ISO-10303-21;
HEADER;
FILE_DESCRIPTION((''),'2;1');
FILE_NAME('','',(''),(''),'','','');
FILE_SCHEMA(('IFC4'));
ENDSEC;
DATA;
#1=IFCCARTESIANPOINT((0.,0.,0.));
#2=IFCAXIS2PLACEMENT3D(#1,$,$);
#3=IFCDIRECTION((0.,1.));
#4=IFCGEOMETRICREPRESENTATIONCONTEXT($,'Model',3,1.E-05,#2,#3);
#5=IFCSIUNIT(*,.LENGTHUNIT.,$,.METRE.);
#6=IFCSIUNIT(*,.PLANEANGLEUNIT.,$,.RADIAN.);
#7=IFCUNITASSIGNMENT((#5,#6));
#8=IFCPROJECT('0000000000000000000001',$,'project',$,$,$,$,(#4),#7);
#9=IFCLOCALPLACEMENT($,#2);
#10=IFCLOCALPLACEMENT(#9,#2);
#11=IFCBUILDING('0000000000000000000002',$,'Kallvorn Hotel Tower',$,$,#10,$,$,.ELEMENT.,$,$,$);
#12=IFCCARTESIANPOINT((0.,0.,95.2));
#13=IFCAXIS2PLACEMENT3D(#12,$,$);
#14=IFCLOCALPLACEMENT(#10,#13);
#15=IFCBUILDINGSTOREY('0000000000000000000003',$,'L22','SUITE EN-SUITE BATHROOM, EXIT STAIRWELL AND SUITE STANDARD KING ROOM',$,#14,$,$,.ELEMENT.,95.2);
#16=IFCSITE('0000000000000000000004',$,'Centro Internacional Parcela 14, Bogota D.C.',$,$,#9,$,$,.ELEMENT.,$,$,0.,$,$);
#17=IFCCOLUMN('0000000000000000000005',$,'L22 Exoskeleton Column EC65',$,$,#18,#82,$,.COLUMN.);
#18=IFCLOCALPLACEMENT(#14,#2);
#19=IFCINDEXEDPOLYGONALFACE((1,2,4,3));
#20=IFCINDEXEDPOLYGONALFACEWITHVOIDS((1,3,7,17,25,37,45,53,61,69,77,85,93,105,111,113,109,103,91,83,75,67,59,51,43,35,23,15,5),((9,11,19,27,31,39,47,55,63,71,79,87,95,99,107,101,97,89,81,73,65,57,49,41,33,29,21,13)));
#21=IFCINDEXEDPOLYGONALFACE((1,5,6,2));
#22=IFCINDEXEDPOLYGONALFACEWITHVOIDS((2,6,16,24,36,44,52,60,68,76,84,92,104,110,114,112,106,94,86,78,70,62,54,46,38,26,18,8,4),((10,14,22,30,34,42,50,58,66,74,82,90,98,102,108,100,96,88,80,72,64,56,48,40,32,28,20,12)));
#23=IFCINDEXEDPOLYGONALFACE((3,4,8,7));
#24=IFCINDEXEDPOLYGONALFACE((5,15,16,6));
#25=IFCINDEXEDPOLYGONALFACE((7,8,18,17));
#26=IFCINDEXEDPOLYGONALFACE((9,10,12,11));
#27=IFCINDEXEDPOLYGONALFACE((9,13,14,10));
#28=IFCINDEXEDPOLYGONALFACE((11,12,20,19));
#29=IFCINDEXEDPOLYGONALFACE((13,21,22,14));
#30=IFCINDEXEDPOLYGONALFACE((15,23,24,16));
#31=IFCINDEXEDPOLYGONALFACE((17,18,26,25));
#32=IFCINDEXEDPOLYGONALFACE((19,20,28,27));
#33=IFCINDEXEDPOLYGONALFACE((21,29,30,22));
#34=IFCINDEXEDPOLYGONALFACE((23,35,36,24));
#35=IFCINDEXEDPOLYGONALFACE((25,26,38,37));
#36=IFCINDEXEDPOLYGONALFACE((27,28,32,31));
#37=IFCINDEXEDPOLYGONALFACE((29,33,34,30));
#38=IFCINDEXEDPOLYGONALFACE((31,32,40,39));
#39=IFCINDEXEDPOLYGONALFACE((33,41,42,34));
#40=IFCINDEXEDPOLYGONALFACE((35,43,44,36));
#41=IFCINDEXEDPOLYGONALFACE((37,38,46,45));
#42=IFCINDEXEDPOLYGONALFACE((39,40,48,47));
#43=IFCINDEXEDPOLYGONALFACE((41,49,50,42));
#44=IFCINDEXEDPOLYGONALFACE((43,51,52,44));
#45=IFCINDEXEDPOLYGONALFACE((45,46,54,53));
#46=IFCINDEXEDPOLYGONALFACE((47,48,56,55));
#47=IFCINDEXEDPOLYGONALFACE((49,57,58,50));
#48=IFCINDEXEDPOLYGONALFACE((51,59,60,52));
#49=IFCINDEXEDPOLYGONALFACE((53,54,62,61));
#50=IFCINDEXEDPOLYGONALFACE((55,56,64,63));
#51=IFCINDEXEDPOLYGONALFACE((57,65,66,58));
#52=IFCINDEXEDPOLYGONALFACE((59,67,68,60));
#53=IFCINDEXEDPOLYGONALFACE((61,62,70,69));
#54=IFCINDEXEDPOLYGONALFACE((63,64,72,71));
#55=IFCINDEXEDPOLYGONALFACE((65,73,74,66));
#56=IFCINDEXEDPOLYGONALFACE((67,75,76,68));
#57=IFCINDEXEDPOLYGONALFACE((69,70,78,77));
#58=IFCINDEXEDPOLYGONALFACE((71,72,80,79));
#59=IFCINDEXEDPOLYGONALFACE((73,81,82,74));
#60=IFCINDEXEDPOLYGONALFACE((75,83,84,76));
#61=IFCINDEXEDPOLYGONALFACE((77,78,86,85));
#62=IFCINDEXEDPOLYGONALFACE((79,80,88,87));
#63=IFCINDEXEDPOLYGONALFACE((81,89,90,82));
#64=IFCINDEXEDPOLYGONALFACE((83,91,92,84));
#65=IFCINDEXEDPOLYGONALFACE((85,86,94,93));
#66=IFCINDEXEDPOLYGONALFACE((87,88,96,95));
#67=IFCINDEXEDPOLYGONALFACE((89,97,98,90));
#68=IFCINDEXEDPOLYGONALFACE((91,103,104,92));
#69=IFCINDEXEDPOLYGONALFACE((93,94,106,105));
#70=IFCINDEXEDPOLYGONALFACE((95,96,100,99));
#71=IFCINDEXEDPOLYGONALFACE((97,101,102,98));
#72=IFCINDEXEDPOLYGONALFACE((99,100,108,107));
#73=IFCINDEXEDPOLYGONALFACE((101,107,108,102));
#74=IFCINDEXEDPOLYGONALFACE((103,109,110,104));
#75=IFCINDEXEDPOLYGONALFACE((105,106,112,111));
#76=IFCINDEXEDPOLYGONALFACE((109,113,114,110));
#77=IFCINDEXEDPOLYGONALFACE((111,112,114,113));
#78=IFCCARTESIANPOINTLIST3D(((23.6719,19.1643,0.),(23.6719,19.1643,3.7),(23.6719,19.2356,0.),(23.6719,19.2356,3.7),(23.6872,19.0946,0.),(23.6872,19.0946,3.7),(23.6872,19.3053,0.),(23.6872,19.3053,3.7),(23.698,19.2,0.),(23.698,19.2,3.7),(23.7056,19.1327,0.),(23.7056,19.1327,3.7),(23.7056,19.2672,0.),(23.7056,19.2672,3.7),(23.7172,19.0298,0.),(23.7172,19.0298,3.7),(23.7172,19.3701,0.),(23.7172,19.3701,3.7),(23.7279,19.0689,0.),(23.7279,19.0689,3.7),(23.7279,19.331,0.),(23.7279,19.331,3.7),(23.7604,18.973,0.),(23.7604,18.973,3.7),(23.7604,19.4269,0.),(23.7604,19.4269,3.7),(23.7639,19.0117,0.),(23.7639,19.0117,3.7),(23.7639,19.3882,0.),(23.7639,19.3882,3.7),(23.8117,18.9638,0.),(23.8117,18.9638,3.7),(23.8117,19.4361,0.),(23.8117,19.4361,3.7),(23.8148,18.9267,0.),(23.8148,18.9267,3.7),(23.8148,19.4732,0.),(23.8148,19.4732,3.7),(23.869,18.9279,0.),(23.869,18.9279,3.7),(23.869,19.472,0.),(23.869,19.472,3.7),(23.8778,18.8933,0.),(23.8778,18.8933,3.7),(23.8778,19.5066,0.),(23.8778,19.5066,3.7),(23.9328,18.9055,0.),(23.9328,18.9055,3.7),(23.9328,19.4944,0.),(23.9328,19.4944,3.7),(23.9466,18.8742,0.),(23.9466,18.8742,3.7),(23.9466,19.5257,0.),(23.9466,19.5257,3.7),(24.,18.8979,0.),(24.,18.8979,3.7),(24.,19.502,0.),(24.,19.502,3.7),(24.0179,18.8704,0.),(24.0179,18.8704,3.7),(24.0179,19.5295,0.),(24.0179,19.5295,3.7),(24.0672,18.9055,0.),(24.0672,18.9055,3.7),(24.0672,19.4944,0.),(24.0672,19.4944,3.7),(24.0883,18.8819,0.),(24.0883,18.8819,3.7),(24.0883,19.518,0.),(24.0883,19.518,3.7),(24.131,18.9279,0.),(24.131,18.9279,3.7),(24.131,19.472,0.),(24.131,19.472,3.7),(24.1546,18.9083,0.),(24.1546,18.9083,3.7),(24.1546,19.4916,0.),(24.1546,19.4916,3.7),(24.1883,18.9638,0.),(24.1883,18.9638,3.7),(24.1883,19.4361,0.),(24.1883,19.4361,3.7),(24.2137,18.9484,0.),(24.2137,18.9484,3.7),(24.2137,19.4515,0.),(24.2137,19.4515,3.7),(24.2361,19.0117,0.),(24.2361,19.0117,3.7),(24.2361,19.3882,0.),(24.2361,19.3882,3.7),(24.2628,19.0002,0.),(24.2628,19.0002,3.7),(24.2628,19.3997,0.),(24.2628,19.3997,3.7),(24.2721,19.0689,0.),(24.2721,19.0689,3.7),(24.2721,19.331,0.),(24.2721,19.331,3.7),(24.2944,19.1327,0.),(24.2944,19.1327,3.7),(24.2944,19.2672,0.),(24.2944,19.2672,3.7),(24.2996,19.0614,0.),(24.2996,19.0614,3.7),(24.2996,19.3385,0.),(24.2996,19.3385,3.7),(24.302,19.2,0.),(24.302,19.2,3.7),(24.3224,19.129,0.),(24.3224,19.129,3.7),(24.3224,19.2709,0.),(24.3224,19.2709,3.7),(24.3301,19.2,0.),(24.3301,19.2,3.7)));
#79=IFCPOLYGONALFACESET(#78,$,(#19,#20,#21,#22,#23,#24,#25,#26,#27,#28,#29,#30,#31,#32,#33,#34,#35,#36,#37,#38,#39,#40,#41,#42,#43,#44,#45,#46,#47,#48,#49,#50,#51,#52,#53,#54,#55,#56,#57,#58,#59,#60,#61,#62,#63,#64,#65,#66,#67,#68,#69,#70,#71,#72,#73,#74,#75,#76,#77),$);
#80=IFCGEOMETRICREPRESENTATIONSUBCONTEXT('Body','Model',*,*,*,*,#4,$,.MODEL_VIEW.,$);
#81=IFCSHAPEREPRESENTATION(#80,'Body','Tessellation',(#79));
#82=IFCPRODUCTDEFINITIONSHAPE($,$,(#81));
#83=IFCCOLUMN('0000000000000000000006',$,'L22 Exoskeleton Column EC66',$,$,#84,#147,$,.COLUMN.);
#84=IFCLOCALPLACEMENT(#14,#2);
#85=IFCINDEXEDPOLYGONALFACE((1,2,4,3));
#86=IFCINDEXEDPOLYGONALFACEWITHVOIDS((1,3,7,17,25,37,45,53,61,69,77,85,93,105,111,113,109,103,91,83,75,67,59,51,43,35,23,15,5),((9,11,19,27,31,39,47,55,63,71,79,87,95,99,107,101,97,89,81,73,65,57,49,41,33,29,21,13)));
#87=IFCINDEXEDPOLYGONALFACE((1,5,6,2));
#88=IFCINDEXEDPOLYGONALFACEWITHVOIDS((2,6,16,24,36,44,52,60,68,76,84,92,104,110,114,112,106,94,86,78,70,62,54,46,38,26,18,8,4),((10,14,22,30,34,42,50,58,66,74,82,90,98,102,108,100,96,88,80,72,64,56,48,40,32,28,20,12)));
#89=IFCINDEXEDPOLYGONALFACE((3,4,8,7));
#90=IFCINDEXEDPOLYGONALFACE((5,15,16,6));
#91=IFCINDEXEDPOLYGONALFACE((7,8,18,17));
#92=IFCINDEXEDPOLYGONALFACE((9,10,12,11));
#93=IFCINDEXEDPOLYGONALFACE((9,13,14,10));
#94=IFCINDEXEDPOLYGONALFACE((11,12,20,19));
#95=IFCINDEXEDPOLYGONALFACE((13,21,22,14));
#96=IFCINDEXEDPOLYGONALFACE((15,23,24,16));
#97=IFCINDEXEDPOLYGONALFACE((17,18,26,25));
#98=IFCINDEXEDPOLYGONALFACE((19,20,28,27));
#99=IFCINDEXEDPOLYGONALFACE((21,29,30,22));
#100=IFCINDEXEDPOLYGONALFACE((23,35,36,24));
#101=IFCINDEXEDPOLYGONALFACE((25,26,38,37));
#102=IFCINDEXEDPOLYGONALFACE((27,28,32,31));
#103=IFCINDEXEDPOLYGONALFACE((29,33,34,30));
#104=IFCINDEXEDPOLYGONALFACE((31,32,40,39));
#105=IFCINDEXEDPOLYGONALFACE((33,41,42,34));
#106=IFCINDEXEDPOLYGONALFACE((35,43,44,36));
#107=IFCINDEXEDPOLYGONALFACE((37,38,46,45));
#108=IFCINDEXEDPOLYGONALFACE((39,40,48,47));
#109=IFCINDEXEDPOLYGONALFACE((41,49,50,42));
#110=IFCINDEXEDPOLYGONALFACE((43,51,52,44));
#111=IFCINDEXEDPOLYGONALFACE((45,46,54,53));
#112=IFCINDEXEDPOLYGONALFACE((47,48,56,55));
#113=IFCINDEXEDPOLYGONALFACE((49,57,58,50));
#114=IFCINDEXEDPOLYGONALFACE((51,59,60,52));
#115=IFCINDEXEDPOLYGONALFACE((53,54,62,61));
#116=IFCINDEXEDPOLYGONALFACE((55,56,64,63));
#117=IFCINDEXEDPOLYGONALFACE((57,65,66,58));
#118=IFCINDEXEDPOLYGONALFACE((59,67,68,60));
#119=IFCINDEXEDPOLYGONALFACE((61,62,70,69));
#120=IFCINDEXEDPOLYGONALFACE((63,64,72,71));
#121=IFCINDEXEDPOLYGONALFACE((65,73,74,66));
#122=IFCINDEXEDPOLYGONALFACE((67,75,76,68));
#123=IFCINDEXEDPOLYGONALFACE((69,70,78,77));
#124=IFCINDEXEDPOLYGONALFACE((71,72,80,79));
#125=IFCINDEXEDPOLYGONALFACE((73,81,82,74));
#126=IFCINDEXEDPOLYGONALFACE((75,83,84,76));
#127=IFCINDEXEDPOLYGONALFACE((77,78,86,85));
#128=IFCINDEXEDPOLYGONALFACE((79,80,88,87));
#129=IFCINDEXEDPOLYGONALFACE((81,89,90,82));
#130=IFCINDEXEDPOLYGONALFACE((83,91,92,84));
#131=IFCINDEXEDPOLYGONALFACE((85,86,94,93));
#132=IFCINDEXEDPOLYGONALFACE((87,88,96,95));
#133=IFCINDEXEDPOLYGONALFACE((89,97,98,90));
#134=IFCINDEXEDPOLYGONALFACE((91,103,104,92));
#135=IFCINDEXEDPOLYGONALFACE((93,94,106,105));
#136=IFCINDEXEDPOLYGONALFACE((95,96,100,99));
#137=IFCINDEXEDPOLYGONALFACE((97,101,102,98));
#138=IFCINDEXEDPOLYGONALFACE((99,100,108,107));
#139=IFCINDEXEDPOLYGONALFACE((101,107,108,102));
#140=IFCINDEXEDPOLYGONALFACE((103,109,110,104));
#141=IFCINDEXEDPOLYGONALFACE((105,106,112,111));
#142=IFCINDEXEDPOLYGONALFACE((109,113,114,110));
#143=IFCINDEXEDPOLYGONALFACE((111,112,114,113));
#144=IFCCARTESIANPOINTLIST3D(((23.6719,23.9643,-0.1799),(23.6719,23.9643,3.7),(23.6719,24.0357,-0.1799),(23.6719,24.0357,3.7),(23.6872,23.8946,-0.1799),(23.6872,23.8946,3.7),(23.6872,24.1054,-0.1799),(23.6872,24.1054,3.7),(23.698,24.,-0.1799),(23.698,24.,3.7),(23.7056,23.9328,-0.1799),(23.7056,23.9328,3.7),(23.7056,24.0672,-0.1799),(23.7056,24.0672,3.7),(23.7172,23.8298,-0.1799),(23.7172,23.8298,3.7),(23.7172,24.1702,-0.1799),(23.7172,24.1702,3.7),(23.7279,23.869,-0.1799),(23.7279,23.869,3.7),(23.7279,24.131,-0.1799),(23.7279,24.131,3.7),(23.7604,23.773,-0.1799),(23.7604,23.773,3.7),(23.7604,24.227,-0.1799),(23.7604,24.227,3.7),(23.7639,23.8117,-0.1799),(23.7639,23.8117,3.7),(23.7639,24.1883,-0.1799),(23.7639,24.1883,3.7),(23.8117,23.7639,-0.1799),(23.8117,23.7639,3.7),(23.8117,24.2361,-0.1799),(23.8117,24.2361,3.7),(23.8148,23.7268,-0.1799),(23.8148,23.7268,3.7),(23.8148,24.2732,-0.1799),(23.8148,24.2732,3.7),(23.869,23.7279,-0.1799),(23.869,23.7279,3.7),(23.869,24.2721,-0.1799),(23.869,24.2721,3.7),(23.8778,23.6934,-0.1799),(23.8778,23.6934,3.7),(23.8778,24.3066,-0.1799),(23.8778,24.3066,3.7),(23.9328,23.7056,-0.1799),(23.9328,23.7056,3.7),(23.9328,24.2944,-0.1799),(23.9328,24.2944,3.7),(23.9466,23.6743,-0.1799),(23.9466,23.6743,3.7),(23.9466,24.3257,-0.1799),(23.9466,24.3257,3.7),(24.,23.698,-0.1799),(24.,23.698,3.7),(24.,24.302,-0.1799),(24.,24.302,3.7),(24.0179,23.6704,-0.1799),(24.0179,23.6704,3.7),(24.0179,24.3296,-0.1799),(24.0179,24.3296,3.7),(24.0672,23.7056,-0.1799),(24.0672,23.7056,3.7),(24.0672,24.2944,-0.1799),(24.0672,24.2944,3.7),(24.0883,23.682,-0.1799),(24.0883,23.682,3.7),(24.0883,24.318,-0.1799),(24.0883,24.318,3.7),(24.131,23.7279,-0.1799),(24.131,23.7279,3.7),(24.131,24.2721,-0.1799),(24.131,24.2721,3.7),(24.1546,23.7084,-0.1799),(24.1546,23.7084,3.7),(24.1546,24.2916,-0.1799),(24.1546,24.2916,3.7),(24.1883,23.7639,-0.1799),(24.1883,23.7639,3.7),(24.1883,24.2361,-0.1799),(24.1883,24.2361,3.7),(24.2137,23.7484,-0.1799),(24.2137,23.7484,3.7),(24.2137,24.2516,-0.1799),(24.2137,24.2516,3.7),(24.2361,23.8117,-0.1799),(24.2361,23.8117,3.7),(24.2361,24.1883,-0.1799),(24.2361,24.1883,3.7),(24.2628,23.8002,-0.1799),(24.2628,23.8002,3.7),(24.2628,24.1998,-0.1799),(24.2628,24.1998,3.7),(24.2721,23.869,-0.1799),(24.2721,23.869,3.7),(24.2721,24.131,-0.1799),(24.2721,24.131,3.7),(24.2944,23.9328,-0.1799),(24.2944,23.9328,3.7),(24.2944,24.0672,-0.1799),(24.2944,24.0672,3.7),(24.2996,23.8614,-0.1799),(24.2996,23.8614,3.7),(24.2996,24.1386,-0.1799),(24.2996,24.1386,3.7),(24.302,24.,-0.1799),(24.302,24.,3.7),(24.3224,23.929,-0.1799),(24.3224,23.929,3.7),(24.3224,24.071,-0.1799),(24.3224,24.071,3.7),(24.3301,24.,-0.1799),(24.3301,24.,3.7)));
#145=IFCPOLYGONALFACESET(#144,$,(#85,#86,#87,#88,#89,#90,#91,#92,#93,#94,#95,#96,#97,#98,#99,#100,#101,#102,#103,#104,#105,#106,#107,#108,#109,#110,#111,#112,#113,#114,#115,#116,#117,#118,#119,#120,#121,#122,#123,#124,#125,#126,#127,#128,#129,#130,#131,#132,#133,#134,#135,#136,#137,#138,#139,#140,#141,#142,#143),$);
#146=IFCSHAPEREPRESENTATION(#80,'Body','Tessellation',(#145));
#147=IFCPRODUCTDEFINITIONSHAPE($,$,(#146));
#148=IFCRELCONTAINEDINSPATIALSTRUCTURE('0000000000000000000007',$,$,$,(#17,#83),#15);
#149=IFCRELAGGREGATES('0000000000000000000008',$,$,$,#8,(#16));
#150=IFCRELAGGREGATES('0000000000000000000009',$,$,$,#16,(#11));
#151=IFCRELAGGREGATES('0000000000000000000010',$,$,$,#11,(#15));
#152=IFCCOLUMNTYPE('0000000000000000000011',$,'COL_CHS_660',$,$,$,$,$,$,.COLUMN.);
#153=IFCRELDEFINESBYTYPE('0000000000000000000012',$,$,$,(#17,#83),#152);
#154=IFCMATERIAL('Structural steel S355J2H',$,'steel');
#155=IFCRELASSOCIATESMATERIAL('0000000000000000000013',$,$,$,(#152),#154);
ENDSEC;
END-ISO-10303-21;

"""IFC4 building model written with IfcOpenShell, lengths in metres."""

from ifc_helpers import new_model, si_unit, direction, frame, origin, origin_2d, place, context, subcontext, project, spatial, hollow_circle, extrude, material, material_profile, profile_set, type_object, element, save


model = new_model("IFC4")

# Units and contexts
model_context = context("Model", 3, precision=1e-05, world=origin(), true_north=direction((0.0, 1.0)))
body_context = subcontext(model_context, "Body", "Model", "MODEL_VIEW")
ifc_project = project(units=[si_unit("LENGTHUNIT", "METRE"), si_unit("PLANEANGLEUNIT", "RADIAN")], contexts=[model_context])

# Site, building, storey
site_placement = place(None, origin())
site = spatial("IfcSite", under=ifc_project, at=site_placement, Name="Centro Internacional Parcela 14, Bogota D.C.", CompositionType="ELEMENT", RefElevation=0.0)
building_placement = place(site_placement, origin())
building = spatial("IfcBuilding", under=site, at=building_placement, Name="Kallvorn Hotel Tower", CompositionType="ELEMENT")
storey_placement = place(building_placement, frame((0.0, 0.0, 95.2)))
storey = spatial("IfcBuildingStorey", under=building, at=storey_placement, Name="L22", Description="SUITE EN-SUITE BATHROOM, EXIT STAIRWELL AND SUITE STANDARD KING ROOM", CompositionType="ELEMENT", Elevation=95.2)

# Columns
ifc_material_1 = material(Name="Structural steel S355J2H", Category="steel")
ifc_material_profile_1 = material_profile(ifc_material_1, hollow_circle(Radius=0.3301, WallThickness=0.0281, at=origin_2d()), Name="CHS 660x28")
ifc_profile_set_1 = profile_set([ifc_material_profile_1], Name="Structural steel S355J2H")
column_type = type_object("IfcColumnType", Name="COL_CHS_660", PredefinedType="COLUMN", material=ifc_profile_set_1)
column_1_placement = place(storey_placement, frame((24.0, 19.2, 0.0), z_axis=(0.0, 0.0, 1.0), x_axis=(1.0, 0.0, 0.0)))
element("IfcColumn", 1, at=column_1_placement, inside=storey, type_object=column_type, Name="L22 Exoskeleton Column EC65", PredefinedType="COLUMN", context=body_context, shape_type="SweptSolid", body=[
    extrude(hollow_circle(Radius=0.3301, WallThickness=0.0281, at=origin_2d()), origin(), (0.0, 0.0, 1.0), 3.7),
])
for number, where, z_axis, x_axis, name in (
    (2, (24.0, 24.0, -0.1799), (0.0, 0.0, 1.0), (1.0, 0.0, 0.0), "L22 Exoskeleton Column EC66"),
):
    element("IfcColumn", number, at=place(storey_placement, frame(where, z_axis=z_axis, x_axis=x_axis)), inside=storey, type_object=column_type, Name=name, PredefinedType="COLUMN", context=body_context, shape_type="SweptSolid", body=[
        extrude(hollow_circle(Radius=0.3301, WallThickness=0.0281, at=origin_2d()), origin(), (0.0, 0.0, 1.0), 3.8799),
    ])

save(model, "model.ifc")
